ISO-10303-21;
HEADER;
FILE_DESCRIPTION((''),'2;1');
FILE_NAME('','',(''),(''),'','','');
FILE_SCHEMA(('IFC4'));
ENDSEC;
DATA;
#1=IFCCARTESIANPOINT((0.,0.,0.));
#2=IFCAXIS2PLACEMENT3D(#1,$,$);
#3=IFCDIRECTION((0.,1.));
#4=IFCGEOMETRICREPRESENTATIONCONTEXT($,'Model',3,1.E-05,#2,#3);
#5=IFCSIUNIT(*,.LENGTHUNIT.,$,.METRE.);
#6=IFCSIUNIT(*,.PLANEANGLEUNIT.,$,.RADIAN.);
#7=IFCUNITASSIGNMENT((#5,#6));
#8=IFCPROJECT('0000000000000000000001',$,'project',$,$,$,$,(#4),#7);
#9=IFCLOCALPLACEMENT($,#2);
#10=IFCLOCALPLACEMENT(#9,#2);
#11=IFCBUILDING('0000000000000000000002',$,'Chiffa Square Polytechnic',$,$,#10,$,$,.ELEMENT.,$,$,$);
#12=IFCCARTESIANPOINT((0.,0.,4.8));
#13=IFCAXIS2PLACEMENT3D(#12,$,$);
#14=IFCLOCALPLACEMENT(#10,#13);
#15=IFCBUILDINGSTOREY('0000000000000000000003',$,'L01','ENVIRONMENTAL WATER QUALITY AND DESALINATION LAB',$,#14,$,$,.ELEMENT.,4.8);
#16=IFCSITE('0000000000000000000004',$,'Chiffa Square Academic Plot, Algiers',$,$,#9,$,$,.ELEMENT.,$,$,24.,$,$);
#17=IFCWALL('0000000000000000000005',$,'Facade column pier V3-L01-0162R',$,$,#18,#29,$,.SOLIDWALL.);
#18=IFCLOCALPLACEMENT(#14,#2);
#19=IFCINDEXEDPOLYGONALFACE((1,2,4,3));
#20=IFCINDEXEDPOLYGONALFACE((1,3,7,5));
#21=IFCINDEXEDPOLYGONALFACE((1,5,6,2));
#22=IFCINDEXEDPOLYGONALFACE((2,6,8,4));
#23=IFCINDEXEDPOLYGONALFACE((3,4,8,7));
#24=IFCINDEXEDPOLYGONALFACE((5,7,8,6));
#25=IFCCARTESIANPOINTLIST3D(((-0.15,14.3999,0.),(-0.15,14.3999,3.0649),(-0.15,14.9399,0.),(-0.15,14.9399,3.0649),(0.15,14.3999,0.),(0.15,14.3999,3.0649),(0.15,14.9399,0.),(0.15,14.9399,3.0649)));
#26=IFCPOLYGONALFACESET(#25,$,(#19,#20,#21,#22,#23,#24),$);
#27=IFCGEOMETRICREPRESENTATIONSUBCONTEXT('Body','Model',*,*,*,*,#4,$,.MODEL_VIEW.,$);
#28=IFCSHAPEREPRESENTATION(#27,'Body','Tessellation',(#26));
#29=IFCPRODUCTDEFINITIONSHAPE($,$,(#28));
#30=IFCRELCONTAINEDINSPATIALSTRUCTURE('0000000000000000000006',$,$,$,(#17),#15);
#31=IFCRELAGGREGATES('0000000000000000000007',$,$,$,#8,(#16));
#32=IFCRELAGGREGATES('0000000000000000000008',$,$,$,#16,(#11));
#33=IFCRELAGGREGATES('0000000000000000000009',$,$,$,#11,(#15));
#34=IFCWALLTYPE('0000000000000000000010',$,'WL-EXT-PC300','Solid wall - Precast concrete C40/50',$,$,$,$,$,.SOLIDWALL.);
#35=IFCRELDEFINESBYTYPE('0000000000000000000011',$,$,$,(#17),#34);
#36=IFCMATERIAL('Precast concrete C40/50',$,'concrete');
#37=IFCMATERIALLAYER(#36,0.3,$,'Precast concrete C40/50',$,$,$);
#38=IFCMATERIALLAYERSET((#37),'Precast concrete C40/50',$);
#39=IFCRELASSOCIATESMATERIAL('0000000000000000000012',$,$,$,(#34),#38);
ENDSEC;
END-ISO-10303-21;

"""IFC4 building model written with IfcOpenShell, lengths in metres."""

from ifc_helpers import new_model, si_unit, direction, frame, frame_2d, origin, place, context, subcontext, project, spatial, rectangle, extrude, material, layer, layer_set, type_object, element, save


model = new_model("IFC4")

# Units and contexts
model_context = context("Model", 3, precision=1e-05, world=origin(), true_north=direction((0.0, 1.0)))
body_context = subcontext(model_context, "Body", "Model", "MODEL_VIEW")
ifc_project = project(units=[si_unit("LENGTHUNIT", "METRE"), si_unit("PLANEANGLEUNIT", "RADIAN")], contexts=[model_context])

# Site, building, storey
site_placement = place(None, origin())
site = spatial("IfcSite", under=ifc_project, at=site_placement, Name="Chiffa Square Academic Plot, Algiers", CompositionType="ELEMENT", RefElevation=24.0)
building_placement = place(site_placement, origin())
building = spatial("IfcBuilding", under=site, at=building_placement, Name="Chiffa Square Polytechnic", CompositionType="ELEMENT")
storey_placement = place(building_placement, frame((0.0, 0.0, 4.8)))
storey = spatial("IfcBuildingStorey", under=building, at=storey_placement, Name="L01", Description="ENVIRONMENTAL WATER QUALITY AND DESALINATION LAB", CompositionType="ELEMENT", Elevation=4.8)

# Wall
ifc_material_1 = material(Name="Precast concrete C40/50", Category="concrete")
ifc_layer_1 = layer(ifc_material_1, 0.3, Name="Precast concrete C40/50")
ifc_layer_set_1 = layer_set([ifc_layer_1], Name="Precast concrete C40/50")
wall_type = type_object("IfcWallType", Name="WL-EXT-PC300", Description="Solid wall - Precast concrete C40/50", PredefinedType="SOLIDWALL", material=ifc_layer_set_1)
wall_placement = place(storey_placement, frame((0.0, 14.9399, 0.0), z_axis=(0.0, 0.0, 1.0), x_axis=(0.0, -1.0, 0.0)))
element("IfcWall", 1, at=wall_placement, inside=storey, type_object=wall_type, Name="Facade column pier V3-L01-0162R", PredefinedType="SOLIDWALL", context=body_context, shape_type="SweptSolid", body=[
    extrude(rectangle(XDim=0.54, YDim=0.3, at=frame_2d((0.27, 0.0))), origin(), (0.0, 0.0, 1.0), 3.0649),
])

save(model, "model.ifc")
